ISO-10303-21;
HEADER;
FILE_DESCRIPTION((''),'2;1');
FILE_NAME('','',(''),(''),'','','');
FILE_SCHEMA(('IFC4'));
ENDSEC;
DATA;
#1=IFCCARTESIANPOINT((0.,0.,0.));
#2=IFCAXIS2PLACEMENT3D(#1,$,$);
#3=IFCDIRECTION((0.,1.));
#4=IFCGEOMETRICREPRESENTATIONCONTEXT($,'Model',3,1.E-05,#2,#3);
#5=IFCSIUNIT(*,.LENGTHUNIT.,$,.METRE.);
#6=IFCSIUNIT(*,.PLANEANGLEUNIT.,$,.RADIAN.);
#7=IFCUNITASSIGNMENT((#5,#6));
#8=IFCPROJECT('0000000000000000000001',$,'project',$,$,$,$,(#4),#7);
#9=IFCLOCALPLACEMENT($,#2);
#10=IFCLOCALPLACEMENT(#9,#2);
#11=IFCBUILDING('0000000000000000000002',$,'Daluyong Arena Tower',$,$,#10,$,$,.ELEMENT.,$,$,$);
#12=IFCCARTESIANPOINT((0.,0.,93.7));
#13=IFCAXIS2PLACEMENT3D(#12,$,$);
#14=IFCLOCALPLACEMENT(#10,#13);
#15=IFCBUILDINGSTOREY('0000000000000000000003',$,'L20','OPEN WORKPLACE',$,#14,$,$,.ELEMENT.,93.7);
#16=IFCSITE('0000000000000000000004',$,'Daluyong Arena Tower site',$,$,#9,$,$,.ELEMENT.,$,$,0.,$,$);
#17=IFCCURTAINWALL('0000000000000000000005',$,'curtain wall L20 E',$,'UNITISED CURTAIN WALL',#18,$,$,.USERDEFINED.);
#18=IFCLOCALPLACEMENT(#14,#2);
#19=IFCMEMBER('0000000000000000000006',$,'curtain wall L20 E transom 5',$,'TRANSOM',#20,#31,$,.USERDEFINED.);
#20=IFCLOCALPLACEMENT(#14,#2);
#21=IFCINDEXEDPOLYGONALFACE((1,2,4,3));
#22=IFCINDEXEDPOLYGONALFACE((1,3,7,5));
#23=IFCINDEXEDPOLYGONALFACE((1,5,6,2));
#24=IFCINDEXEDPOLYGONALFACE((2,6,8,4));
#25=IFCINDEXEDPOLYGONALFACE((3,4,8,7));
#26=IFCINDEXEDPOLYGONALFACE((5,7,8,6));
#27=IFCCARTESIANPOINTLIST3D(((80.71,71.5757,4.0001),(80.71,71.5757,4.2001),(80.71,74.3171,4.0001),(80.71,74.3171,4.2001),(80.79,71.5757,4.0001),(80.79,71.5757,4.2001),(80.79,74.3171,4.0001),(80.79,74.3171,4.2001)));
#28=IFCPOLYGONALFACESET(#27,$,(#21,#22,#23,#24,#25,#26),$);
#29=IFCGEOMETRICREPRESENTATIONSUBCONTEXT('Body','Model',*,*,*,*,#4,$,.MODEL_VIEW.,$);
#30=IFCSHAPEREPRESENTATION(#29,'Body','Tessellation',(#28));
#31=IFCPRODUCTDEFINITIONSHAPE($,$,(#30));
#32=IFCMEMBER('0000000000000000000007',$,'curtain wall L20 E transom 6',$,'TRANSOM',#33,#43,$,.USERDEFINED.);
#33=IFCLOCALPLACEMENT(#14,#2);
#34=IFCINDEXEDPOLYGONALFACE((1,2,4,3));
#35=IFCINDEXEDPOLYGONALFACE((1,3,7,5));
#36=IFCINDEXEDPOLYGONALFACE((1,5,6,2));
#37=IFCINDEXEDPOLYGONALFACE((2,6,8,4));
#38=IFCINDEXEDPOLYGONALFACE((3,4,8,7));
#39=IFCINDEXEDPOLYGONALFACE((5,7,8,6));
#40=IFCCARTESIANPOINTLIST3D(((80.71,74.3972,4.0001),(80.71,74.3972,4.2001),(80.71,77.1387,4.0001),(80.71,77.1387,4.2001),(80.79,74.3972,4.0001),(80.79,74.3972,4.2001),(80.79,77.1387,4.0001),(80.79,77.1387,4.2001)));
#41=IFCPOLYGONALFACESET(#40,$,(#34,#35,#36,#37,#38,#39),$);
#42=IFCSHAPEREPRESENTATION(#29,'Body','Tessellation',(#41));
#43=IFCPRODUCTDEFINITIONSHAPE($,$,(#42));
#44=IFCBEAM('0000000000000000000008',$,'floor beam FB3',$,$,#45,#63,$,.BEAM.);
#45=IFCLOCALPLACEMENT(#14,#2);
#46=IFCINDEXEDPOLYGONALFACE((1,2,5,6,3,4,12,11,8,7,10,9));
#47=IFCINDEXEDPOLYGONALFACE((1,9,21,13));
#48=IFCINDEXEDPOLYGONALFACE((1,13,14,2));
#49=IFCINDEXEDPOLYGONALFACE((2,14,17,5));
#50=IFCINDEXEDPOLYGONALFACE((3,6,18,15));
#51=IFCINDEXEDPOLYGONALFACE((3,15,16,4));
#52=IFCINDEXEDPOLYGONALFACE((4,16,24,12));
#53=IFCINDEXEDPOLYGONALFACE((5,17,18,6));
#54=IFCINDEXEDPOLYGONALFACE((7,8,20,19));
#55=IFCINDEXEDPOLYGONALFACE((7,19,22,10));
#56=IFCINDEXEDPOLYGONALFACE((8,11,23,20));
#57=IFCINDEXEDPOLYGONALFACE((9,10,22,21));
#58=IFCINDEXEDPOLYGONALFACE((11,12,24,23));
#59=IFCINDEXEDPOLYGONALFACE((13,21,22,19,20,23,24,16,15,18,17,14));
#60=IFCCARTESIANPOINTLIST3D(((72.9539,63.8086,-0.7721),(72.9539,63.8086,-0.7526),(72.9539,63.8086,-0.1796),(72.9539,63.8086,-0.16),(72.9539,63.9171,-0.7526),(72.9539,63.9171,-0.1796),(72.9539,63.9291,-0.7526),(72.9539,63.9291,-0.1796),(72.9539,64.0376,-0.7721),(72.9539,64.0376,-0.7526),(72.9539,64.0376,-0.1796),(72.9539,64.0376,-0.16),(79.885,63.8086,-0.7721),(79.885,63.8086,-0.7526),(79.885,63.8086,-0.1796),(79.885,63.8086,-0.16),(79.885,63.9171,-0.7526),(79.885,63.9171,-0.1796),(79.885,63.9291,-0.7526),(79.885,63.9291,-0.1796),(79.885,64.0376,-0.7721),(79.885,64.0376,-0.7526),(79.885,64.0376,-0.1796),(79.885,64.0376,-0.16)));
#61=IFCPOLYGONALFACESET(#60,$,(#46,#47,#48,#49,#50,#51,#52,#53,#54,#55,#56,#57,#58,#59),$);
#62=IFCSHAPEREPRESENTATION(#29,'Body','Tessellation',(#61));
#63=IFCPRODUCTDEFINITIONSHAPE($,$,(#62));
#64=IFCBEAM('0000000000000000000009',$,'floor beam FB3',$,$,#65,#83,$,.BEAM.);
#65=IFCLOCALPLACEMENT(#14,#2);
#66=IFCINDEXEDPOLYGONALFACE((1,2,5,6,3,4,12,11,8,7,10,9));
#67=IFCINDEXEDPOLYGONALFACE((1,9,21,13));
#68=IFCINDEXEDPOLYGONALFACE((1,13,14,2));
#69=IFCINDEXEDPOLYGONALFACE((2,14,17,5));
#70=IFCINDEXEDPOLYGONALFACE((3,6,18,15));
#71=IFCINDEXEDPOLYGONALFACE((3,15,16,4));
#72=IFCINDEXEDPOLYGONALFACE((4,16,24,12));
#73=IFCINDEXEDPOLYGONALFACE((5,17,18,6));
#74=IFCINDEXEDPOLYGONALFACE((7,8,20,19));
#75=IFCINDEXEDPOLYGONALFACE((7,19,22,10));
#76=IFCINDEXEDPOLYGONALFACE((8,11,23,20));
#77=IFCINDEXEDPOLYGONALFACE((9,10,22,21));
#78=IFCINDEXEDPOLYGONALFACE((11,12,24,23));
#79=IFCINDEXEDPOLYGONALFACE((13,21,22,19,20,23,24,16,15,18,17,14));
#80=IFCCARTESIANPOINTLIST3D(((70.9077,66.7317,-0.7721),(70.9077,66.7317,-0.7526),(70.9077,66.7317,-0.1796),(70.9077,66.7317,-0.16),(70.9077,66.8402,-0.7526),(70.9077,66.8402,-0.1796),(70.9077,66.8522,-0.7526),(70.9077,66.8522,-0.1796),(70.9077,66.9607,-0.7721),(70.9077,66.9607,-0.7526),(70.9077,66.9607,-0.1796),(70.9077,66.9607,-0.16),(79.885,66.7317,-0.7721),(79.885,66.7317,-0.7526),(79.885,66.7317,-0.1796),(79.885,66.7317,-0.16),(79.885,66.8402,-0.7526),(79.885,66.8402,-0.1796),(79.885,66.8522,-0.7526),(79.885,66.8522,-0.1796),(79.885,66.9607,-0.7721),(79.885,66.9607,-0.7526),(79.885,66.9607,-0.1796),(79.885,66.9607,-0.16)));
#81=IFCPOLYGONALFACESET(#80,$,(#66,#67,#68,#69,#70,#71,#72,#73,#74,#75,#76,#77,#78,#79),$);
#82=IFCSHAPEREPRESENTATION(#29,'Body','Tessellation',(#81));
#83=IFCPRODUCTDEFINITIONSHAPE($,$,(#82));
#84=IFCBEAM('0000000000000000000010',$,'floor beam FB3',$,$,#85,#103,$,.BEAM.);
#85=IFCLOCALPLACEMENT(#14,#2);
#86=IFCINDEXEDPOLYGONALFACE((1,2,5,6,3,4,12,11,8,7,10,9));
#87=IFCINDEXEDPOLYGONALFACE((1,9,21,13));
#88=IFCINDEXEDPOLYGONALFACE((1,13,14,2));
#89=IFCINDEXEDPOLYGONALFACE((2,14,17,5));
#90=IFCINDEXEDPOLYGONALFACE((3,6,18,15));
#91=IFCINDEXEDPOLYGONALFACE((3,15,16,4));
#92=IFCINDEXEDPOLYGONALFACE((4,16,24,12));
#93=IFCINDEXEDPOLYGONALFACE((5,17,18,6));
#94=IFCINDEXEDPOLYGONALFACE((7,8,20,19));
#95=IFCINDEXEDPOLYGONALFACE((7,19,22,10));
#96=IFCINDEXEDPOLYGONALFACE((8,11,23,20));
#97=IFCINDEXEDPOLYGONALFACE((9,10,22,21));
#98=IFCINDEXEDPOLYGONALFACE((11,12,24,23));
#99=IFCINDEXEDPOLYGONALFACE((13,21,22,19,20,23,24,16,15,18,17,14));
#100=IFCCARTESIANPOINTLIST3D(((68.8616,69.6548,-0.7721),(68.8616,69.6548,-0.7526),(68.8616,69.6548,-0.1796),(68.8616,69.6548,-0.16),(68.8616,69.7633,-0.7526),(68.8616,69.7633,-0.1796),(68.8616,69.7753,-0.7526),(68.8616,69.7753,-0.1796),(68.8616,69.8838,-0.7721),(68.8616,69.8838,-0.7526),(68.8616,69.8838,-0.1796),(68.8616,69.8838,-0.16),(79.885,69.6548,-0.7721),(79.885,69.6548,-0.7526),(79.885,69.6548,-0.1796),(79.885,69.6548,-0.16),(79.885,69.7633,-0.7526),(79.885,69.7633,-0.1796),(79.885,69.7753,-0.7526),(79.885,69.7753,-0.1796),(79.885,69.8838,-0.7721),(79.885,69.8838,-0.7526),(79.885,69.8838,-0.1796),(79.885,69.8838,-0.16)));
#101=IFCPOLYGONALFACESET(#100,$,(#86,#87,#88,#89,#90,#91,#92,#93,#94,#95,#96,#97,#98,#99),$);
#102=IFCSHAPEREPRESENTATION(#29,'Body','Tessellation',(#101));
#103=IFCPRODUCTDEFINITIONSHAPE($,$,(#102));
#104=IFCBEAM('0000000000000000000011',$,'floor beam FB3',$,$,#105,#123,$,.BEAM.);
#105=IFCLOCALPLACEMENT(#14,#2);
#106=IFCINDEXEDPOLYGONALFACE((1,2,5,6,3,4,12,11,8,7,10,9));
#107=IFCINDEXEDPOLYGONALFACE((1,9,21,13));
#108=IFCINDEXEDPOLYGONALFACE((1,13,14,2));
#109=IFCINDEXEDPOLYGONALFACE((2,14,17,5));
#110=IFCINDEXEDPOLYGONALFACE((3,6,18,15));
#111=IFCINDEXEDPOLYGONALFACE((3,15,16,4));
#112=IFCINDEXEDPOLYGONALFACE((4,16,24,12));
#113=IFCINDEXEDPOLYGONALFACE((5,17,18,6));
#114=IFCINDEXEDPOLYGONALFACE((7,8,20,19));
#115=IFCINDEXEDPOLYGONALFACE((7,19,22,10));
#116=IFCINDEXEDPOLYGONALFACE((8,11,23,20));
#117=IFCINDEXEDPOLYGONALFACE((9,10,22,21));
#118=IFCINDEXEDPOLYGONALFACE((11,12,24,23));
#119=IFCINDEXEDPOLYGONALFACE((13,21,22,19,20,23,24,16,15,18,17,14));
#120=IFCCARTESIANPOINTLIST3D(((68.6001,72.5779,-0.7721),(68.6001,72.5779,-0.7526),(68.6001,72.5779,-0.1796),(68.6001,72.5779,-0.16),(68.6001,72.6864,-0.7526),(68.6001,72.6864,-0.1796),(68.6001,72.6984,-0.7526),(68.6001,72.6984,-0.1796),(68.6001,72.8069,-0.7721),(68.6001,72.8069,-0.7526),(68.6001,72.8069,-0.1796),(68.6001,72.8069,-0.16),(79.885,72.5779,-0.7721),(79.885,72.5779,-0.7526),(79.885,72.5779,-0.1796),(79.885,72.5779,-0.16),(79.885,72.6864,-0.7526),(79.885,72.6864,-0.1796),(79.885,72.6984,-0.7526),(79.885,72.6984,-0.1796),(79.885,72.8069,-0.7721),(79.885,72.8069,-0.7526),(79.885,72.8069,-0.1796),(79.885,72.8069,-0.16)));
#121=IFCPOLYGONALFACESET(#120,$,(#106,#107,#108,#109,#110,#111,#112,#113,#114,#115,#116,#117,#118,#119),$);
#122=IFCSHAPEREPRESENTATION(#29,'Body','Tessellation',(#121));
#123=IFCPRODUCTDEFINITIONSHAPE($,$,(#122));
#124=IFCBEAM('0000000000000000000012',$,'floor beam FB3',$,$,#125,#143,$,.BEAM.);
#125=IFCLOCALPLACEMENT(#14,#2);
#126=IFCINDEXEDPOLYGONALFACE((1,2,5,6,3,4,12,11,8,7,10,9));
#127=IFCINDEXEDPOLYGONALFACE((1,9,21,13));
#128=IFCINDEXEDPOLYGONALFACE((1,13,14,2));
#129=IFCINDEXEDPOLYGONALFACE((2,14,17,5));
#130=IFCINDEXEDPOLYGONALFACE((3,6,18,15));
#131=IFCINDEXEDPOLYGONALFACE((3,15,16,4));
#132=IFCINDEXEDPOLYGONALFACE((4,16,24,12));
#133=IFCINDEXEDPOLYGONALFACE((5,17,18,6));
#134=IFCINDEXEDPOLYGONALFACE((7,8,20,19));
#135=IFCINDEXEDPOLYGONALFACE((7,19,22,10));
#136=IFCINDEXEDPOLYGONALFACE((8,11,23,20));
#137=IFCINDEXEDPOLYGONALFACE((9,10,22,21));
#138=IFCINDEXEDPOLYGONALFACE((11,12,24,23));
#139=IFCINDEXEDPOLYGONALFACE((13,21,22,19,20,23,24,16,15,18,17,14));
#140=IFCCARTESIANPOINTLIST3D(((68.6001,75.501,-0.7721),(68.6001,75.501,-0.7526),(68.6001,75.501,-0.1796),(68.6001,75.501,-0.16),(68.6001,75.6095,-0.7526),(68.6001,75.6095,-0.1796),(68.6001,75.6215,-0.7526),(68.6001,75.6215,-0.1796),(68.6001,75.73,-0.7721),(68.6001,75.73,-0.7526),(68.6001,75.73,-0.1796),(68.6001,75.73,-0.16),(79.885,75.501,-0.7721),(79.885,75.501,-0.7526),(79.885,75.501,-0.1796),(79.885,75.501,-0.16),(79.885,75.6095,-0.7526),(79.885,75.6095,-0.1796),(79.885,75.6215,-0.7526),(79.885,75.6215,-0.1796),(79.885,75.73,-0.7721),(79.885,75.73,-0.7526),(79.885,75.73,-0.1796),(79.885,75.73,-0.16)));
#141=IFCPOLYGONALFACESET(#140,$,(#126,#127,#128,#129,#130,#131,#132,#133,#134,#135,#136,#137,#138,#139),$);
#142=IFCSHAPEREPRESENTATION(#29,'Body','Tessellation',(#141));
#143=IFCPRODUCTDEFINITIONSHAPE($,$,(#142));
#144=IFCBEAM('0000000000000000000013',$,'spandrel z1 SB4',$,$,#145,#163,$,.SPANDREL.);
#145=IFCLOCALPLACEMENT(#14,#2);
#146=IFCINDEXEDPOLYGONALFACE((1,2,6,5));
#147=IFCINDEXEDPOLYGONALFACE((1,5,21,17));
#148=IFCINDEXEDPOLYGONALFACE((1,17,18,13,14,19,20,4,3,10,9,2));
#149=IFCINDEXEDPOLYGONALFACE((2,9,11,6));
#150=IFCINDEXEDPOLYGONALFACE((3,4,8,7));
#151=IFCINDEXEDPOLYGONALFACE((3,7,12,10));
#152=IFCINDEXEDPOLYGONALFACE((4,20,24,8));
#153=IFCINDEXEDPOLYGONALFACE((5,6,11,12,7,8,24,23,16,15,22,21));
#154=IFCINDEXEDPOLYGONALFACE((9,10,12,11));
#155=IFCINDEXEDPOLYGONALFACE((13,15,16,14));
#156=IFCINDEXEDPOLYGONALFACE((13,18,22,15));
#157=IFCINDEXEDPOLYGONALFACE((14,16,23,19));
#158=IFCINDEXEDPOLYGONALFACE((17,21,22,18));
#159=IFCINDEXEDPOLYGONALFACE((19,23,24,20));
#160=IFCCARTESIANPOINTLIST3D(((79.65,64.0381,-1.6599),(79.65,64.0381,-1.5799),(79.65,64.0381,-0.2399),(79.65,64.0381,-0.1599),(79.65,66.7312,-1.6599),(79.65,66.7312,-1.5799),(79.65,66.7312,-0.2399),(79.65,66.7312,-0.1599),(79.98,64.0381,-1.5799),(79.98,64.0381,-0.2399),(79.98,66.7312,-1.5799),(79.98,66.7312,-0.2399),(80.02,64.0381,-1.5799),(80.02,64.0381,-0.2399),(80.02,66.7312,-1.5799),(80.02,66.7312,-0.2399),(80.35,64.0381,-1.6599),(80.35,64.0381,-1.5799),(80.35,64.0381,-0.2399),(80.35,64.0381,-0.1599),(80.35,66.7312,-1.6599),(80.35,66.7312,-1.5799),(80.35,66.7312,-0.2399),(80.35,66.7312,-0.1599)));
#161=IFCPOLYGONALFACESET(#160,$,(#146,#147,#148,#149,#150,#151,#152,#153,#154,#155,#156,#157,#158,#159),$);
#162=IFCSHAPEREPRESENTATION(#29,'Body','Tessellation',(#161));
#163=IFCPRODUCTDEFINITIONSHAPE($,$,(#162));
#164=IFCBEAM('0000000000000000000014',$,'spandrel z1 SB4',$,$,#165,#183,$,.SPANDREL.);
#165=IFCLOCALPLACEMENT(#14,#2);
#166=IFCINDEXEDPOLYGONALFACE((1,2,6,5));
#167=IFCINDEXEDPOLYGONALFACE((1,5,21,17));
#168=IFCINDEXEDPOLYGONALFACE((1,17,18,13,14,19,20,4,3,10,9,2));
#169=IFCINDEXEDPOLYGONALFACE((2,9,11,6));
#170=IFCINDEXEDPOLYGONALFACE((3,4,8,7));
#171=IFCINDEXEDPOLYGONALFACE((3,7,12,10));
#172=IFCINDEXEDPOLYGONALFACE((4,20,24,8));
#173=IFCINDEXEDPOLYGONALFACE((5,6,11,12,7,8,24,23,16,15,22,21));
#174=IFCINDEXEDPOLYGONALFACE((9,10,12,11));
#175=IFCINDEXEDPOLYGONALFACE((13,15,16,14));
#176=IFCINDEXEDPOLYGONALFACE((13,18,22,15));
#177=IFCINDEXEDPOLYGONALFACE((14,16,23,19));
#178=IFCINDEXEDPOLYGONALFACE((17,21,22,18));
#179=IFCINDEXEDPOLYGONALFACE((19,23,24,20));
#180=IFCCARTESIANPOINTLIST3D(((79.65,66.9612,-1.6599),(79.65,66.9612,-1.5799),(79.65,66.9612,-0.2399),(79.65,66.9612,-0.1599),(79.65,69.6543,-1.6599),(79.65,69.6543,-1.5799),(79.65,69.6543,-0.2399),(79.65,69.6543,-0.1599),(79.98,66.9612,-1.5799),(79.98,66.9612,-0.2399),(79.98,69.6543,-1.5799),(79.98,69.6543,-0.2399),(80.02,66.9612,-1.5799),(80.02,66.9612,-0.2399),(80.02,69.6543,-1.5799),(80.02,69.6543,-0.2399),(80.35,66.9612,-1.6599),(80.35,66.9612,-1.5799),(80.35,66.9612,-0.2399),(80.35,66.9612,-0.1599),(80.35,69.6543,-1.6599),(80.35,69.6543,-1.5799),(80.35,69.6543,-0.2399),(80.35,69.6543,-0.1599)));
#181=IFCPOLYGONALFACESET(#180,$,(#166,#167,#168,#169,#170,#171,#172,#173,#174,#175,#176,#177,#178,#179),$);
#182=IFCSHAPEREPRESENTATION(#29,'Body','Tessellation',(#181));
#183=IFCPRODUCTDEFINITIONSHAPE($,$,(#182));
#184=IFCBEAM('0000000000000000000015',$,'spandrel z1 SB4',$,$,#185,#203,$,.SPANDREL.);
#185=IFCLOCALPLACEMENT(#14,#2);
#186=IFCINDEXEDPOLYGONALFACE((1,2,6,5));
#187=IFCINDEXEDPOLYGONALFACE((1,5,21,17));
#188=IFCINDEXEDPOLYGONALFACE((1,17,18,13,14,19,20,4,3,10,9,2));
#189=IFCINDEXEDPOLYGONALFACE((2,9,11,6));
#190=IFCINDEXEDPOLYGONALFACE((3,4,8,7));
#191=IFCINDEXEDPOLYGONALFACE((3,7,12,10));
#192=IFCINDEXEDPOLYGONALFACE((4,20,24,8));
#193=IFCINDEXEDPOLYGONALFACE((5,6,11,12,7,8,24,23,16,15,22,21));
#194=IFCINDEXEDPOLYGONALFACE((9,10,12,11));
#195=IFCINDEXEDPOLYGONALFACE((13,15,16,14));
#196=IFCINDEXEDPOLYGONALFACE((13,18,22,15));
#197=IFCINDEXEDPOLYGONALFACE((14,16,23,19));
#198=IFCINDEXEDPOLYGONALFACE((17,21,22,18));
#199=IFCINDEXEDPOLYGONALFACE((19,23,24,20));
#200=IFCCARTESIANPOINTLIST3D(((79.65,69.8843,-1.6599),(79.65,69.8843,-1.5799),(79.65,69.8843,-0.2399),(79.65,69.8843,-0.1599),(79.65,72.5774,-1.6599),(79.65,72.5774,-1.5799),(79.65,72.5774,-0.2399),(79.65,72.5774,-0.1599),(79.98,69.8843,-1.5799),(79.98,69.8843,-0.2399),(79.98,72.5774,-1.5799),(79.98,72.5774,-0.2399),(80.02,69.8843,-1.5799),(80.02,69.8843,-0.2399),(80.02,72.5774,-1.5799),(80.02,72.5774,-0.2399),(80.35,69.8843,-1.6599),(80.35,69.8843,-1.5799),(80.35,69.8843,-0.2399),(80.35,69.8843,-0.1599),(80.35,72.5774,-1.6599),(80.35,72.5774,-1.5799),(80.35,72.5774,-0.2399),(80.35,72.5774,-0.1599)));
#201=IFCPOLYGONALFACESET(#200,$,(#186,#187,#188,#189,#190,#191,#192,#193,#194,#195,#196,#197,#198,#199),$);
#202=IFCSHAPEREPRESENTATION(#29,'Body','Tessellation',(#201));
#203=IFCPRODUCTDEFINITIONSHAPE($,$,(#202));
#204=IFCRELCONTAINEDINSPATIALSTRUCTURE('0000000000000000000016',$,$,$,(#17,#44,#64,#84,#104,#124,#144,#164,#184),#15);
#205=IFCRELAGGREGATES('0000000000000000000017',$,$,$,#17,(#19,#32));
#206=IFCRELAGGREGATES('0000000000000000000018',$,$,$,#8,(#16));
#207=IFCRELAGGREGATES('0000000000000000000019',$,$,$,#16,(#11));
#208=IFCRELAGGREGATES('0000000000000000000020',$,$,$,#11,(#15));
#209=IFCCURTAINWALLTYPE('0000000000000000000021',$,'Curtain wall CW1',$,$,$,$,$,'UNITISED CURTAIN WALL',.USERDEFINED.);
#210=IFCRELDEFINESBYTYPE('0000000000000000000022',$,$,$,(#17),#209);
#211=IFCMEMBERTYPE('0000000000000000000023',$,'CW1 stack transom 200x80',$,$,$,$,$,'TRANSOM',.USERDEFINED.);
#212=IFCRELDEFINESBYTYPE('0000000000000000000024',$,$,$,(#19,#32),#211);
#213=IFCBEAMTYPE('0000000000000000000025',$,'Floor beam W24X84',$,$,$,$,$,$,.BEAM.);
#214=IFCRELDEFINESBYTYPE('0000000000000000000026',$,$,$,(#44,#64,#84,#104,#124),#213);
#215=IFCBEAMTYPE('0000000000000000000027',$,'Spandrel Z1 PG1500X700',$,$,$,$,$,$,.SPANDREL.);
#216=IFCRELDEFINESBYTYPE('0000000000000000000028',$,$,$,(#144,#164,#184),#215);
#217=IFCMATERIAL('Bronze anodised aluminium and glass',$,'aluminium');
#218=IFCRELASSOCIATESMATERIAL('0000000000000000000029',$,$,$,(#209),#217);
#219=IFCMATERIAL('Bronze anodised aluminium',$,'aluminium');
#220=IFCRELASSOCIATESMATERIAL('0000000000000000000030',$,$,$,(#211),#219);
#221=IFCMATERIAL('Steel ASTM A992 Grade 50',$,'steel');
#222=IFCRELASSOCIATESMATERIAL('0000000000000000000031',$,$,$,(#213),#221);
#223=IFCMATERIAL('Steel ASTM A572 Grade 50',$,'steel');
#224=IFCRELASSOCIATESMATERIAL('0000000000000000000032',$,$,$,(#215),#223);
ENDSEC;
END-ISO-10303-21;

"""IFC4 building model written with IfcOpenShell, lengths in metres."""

from ifc_helpers import new_model, si_unit, direction, frame, origin, origin_2d, place, context, subcontext, project, spatial, rectangle, i_section, extrude, material, material_profile, profile_set, type_object, element, aggregate, save


model = new_model("IFC4")

# Units and contexts
model_context = context("Model", 3, precision=1e-05, world=origin(), true_north=direction((0.0, 1.0)))
body_context = subcontext(model_context, "Body", "Model", "MODEL_VIEW")
ifc_project = project(units=[si_unit("LENGTHUNIT", "METRE"), si_unit("PLANEANGLEUNIT", "RADIAN")], contexts=[model_context])

# Site, building, storey
site_placement = place(None, origin())
site = spatial("IfcSite", under=ifc_project, at=site_placement, Name="Daluyong Arena Tower site", CompositionType="ELEMENT", RefElevation=0.0)
building_placement = place(site_placement, origin())
building = spatial("IfcBuilding", under=site, at=building_placement, Name="Daluyong Arena Tower", CompositionType="ELEMENT")
storey_placement = place(building_placement, frame((0.0, 0.0, 93.7)))
storey = spatial("IfcBuildingStorey", under=building, at=storey_placement, Name="L20", Description="OPEN WORKPLACE", CompositionType="ELEMENT", Elevation=93.7)

# Curtain wall, members
ifc_material_1 = material(Name="Bronze anodised aluminium and glass", Category="aluminium")
curtain_wall_type = type_object("IfcCurtainWallType", Name="Curtain wall CW1", ElementType="UNITISED CURTAIN WALL", PredefinedType="USERDEFINED", material=ifc_material_1)
curtain_wall_placement = place(storey_placement, origin())
curtain_wall = element("IfcCurtainWall", 1, at=curtain_wall_placement, inside=storey, type_object=curtain_wall_type, Name="curtain wall L20 E", ObjectType="UNITISED CURTAIN WALL", PredefinedType="USERDEFINED")
ifc_material_2 = material(Name="Bronze anodised aluminium", Category="aluminium")
ifc_material_profile_1 = material_profile(ifc_material_2, rectangle(XDim=0.0801, YDim=0.2, at=origin_2d()))
ifc_profile_set_1 = profile_set([ifc_material_profile_1], Name="Bronze anodised aluminium")
member_type_1 = type_object("IfcMemberType", Name="CW1 stack transom 200x80", ElementType="TRANSOM", PredefinedType="USERDEFINED", material=ifc_profile_set_1)
member_1_placement = place(storey_placement, frame((80.75, 71.5757, 4.1001), z_axis=(0.0, 1.0, 0.0), x_axis=(-1.0, 0.0, 0.0)))
member_1 = element("IfcMember", 2, at=member_1_placement, type_object=member_type_1, Name="curtain wall L20 E transom 5", ObjectType="TRANSOM", PredefinedType="USERDEFINED", context=body_context, shape_type="SweptSolid", body=[
    extrude(rectangle(XDim=0.0801, YDim=0.2, at=origin_2d()), origin(), (0.0, 0.0, 1.0), 2.7415),
])
member_2_placement = place(storey_placement, frame((80.75, 74.3972, 4.1001), z_axis=(0.0, 1.0, 0.0), x_axis=(-1.0, 0.0, 0.0)))
member_2 = element("IfcMember", 3, at=member_2_placement, type_object=member_type_1, Name="curtain wall L20 E transom 6", ObjectType="TRANSOM", PredefinedType="USERDEFINED", context=body_context, shape_type="SweptSolid", body=[
    extrude(rectangle(XDim=0.0801, YDim=0.2, at=origin_2d()), origin(), (0.0, 0.0, 1.0), 2.7415),
])

# Beams
ifc_material_3 = material(Name="Steel ASTM A992 Grade 50", Category="steel")
ifc_material_profile_2 = material_profile(ifc_material_3, i_section(OverallWidth=0.229, OverallDepth=0.6121, WebThickness=0.012, FlangeThickness=0.0195, at=origin_2d()))
ifc_profile_set_2 = profile_set([ifc_material_profile_2], Name="Steel ASTM A992 Grade 50")
beam_type_1 = type_object("IfcBeamType", Name="Floor beam W24X84", PredefinedType="BEAM", material=ifc_profile_set_2)
beam_1_placement = place(storey_placement, frame((79.885, 63.9231, -0.4661), z_axis=(-1.0, 0.0, 0.0), x_axis=(0.0, -1.0, 0.0)))
element("IfcBeam", 4, at=beam_1_placement, inside=storey, type_object=beam_type_1, Name="floor beam FB3", PredefinedType="BEAM", context=body_context, shape_type="SweptSolid", body=[
    extrude(i_section(OverallWidth=0.229, OverallDepth=0.6121, WebThickness=0.012, FlangeThickness=0.0195, at=origin_2d()), origin(), (0.0, 0.0, 1.0), 6.9312),
])
beam_2_placement = place(storey_placement, frame((79.885, 66.8462, -0.4661), z_axis=(-1.0, 0.0, 0.0), x_axis=(0.0, -1.0, 0.0)))
element("IfcBeam", 5, at=beam_2_placement, inside=storey, type_object=beam_type_1, Name="floor beam FB3", PredefinedType="BEAM", context=body_context, shape_type="SweptSolid", body=[
    extrude(i_section(OverallWidth=0.229, OverallDepth=0.6121, WebThickness=0.012, FlangeThickness=0.0195, at=origin_2d()), origin(), (0.0, 0.0, 1.0), 8.9773),
])
beam_3_placement = place(storey_placement, frame((79.885, 69.7693, -0.4661), z_axis=(-1.0, 0.0, 0.0), x_axis=(0.0, -1.0, 0.0)))
element("IfcBeam", 6, at=beam_3_placement, inside=storey, type_object=beam_type_1, Name="floor beam FB3", PredefinedType="BEAM", context=body_context, shape_type="SweptSolid", body=[
    extrude(i_section(OverallWidth=0.229, OverallDepth=0.6121, WebThickness=0.012, FlangeThickness=0.0195, at=origin_2d()), origin(), (0.0, 0.0, 1.0), 11.0234),
])
for number, where, z_axis, x_axis, name in (
    (7, (79.885, 72.6924, -0.4661), (-1.0, 0.0, 0.0), (0.0, -1.0, 0.0), "floor beam FB3"),
    (8, (79.885, 75.6155, -0.4661), (-1.0, 0.0, 0.0), (0.0, -1.0, 0.0), "floor beam FB3"),
):
    element("IfcBeam", number, at=place(storey_placement, frame(where, z_axis=z_axis, x_axis=x_axis)), inside=storey, type_object=beam_type_1, Name=name, PredefinedType="BEAM", context=body_context, shape_type="SweptSolid", body=[
        extrude(i_section(OverallWidth=0.229, OverallDepth=0.6121, WebThickness=0.012, FlangeThickness=0.0195, at=origin_2d()), origin(), (0.0, 0.0, 1.0), 11.2849),
    ])
ifc_material_4 = material(Name="Steel ASTM A572 Grade 50", Category="steel")
ifc_material_profile_3 = material_profile(ifc_material_4, i_section(OverallWidth=0.7, OverallDepth=1.5, WebThickness=0.04, FlangeThickness=0.08, at=origin_2d()))
ifc_profile_set_3 = profile_set([ifc_material_profile_3], Name="Steel ASTM A572 Grade 50")
beam_type_2 = type_object("IfcBeamType", Name="Spandrel Z1 PG1500X700", PredefinedType="SPANDREL", material=ifc_profile_set_3)
for number, where, z_axis, x_axis, name in (
    (9, (80.0, 64.0381, -0.9099), (0.0, 1.0, 0.0), (-1.0, 0.0, 0.0), "spandrel z1 SB4"),
    (10, (80.0, 66.9612, -0.9099), (0.0, 1.0, 0.0), (-1.0, 0.0, 0.0), "spandrel z1 SB4"),
    (11, (80.0, 69.8843, -0.9099), (0.0, 1.0, 0.0), (-1.0, 0.0, 0.0), "spandrel z1 SB4"),
):
    element("IfcBeam", number, at=place(storey_placement, frame(where, z_axis=z_axis, x_axis=x_axis)), inside=storey, type_object=beam_type_2, Name=name, PredefinedType="SPANDREL", context=body_context, shape_type="SweptSolid", body=[
        extrude(i_section(OverallWidth=0.7, OverallDepth=1.5, WebThickness=0.04, FlangeThickness=0.08, at=origin_2d()), origin(), (0.0, 0.0, 1.0), 2.6931),
    ])

aggregate(curtain_wall, [member_1, member_2])

save(model, "model.ifc")
